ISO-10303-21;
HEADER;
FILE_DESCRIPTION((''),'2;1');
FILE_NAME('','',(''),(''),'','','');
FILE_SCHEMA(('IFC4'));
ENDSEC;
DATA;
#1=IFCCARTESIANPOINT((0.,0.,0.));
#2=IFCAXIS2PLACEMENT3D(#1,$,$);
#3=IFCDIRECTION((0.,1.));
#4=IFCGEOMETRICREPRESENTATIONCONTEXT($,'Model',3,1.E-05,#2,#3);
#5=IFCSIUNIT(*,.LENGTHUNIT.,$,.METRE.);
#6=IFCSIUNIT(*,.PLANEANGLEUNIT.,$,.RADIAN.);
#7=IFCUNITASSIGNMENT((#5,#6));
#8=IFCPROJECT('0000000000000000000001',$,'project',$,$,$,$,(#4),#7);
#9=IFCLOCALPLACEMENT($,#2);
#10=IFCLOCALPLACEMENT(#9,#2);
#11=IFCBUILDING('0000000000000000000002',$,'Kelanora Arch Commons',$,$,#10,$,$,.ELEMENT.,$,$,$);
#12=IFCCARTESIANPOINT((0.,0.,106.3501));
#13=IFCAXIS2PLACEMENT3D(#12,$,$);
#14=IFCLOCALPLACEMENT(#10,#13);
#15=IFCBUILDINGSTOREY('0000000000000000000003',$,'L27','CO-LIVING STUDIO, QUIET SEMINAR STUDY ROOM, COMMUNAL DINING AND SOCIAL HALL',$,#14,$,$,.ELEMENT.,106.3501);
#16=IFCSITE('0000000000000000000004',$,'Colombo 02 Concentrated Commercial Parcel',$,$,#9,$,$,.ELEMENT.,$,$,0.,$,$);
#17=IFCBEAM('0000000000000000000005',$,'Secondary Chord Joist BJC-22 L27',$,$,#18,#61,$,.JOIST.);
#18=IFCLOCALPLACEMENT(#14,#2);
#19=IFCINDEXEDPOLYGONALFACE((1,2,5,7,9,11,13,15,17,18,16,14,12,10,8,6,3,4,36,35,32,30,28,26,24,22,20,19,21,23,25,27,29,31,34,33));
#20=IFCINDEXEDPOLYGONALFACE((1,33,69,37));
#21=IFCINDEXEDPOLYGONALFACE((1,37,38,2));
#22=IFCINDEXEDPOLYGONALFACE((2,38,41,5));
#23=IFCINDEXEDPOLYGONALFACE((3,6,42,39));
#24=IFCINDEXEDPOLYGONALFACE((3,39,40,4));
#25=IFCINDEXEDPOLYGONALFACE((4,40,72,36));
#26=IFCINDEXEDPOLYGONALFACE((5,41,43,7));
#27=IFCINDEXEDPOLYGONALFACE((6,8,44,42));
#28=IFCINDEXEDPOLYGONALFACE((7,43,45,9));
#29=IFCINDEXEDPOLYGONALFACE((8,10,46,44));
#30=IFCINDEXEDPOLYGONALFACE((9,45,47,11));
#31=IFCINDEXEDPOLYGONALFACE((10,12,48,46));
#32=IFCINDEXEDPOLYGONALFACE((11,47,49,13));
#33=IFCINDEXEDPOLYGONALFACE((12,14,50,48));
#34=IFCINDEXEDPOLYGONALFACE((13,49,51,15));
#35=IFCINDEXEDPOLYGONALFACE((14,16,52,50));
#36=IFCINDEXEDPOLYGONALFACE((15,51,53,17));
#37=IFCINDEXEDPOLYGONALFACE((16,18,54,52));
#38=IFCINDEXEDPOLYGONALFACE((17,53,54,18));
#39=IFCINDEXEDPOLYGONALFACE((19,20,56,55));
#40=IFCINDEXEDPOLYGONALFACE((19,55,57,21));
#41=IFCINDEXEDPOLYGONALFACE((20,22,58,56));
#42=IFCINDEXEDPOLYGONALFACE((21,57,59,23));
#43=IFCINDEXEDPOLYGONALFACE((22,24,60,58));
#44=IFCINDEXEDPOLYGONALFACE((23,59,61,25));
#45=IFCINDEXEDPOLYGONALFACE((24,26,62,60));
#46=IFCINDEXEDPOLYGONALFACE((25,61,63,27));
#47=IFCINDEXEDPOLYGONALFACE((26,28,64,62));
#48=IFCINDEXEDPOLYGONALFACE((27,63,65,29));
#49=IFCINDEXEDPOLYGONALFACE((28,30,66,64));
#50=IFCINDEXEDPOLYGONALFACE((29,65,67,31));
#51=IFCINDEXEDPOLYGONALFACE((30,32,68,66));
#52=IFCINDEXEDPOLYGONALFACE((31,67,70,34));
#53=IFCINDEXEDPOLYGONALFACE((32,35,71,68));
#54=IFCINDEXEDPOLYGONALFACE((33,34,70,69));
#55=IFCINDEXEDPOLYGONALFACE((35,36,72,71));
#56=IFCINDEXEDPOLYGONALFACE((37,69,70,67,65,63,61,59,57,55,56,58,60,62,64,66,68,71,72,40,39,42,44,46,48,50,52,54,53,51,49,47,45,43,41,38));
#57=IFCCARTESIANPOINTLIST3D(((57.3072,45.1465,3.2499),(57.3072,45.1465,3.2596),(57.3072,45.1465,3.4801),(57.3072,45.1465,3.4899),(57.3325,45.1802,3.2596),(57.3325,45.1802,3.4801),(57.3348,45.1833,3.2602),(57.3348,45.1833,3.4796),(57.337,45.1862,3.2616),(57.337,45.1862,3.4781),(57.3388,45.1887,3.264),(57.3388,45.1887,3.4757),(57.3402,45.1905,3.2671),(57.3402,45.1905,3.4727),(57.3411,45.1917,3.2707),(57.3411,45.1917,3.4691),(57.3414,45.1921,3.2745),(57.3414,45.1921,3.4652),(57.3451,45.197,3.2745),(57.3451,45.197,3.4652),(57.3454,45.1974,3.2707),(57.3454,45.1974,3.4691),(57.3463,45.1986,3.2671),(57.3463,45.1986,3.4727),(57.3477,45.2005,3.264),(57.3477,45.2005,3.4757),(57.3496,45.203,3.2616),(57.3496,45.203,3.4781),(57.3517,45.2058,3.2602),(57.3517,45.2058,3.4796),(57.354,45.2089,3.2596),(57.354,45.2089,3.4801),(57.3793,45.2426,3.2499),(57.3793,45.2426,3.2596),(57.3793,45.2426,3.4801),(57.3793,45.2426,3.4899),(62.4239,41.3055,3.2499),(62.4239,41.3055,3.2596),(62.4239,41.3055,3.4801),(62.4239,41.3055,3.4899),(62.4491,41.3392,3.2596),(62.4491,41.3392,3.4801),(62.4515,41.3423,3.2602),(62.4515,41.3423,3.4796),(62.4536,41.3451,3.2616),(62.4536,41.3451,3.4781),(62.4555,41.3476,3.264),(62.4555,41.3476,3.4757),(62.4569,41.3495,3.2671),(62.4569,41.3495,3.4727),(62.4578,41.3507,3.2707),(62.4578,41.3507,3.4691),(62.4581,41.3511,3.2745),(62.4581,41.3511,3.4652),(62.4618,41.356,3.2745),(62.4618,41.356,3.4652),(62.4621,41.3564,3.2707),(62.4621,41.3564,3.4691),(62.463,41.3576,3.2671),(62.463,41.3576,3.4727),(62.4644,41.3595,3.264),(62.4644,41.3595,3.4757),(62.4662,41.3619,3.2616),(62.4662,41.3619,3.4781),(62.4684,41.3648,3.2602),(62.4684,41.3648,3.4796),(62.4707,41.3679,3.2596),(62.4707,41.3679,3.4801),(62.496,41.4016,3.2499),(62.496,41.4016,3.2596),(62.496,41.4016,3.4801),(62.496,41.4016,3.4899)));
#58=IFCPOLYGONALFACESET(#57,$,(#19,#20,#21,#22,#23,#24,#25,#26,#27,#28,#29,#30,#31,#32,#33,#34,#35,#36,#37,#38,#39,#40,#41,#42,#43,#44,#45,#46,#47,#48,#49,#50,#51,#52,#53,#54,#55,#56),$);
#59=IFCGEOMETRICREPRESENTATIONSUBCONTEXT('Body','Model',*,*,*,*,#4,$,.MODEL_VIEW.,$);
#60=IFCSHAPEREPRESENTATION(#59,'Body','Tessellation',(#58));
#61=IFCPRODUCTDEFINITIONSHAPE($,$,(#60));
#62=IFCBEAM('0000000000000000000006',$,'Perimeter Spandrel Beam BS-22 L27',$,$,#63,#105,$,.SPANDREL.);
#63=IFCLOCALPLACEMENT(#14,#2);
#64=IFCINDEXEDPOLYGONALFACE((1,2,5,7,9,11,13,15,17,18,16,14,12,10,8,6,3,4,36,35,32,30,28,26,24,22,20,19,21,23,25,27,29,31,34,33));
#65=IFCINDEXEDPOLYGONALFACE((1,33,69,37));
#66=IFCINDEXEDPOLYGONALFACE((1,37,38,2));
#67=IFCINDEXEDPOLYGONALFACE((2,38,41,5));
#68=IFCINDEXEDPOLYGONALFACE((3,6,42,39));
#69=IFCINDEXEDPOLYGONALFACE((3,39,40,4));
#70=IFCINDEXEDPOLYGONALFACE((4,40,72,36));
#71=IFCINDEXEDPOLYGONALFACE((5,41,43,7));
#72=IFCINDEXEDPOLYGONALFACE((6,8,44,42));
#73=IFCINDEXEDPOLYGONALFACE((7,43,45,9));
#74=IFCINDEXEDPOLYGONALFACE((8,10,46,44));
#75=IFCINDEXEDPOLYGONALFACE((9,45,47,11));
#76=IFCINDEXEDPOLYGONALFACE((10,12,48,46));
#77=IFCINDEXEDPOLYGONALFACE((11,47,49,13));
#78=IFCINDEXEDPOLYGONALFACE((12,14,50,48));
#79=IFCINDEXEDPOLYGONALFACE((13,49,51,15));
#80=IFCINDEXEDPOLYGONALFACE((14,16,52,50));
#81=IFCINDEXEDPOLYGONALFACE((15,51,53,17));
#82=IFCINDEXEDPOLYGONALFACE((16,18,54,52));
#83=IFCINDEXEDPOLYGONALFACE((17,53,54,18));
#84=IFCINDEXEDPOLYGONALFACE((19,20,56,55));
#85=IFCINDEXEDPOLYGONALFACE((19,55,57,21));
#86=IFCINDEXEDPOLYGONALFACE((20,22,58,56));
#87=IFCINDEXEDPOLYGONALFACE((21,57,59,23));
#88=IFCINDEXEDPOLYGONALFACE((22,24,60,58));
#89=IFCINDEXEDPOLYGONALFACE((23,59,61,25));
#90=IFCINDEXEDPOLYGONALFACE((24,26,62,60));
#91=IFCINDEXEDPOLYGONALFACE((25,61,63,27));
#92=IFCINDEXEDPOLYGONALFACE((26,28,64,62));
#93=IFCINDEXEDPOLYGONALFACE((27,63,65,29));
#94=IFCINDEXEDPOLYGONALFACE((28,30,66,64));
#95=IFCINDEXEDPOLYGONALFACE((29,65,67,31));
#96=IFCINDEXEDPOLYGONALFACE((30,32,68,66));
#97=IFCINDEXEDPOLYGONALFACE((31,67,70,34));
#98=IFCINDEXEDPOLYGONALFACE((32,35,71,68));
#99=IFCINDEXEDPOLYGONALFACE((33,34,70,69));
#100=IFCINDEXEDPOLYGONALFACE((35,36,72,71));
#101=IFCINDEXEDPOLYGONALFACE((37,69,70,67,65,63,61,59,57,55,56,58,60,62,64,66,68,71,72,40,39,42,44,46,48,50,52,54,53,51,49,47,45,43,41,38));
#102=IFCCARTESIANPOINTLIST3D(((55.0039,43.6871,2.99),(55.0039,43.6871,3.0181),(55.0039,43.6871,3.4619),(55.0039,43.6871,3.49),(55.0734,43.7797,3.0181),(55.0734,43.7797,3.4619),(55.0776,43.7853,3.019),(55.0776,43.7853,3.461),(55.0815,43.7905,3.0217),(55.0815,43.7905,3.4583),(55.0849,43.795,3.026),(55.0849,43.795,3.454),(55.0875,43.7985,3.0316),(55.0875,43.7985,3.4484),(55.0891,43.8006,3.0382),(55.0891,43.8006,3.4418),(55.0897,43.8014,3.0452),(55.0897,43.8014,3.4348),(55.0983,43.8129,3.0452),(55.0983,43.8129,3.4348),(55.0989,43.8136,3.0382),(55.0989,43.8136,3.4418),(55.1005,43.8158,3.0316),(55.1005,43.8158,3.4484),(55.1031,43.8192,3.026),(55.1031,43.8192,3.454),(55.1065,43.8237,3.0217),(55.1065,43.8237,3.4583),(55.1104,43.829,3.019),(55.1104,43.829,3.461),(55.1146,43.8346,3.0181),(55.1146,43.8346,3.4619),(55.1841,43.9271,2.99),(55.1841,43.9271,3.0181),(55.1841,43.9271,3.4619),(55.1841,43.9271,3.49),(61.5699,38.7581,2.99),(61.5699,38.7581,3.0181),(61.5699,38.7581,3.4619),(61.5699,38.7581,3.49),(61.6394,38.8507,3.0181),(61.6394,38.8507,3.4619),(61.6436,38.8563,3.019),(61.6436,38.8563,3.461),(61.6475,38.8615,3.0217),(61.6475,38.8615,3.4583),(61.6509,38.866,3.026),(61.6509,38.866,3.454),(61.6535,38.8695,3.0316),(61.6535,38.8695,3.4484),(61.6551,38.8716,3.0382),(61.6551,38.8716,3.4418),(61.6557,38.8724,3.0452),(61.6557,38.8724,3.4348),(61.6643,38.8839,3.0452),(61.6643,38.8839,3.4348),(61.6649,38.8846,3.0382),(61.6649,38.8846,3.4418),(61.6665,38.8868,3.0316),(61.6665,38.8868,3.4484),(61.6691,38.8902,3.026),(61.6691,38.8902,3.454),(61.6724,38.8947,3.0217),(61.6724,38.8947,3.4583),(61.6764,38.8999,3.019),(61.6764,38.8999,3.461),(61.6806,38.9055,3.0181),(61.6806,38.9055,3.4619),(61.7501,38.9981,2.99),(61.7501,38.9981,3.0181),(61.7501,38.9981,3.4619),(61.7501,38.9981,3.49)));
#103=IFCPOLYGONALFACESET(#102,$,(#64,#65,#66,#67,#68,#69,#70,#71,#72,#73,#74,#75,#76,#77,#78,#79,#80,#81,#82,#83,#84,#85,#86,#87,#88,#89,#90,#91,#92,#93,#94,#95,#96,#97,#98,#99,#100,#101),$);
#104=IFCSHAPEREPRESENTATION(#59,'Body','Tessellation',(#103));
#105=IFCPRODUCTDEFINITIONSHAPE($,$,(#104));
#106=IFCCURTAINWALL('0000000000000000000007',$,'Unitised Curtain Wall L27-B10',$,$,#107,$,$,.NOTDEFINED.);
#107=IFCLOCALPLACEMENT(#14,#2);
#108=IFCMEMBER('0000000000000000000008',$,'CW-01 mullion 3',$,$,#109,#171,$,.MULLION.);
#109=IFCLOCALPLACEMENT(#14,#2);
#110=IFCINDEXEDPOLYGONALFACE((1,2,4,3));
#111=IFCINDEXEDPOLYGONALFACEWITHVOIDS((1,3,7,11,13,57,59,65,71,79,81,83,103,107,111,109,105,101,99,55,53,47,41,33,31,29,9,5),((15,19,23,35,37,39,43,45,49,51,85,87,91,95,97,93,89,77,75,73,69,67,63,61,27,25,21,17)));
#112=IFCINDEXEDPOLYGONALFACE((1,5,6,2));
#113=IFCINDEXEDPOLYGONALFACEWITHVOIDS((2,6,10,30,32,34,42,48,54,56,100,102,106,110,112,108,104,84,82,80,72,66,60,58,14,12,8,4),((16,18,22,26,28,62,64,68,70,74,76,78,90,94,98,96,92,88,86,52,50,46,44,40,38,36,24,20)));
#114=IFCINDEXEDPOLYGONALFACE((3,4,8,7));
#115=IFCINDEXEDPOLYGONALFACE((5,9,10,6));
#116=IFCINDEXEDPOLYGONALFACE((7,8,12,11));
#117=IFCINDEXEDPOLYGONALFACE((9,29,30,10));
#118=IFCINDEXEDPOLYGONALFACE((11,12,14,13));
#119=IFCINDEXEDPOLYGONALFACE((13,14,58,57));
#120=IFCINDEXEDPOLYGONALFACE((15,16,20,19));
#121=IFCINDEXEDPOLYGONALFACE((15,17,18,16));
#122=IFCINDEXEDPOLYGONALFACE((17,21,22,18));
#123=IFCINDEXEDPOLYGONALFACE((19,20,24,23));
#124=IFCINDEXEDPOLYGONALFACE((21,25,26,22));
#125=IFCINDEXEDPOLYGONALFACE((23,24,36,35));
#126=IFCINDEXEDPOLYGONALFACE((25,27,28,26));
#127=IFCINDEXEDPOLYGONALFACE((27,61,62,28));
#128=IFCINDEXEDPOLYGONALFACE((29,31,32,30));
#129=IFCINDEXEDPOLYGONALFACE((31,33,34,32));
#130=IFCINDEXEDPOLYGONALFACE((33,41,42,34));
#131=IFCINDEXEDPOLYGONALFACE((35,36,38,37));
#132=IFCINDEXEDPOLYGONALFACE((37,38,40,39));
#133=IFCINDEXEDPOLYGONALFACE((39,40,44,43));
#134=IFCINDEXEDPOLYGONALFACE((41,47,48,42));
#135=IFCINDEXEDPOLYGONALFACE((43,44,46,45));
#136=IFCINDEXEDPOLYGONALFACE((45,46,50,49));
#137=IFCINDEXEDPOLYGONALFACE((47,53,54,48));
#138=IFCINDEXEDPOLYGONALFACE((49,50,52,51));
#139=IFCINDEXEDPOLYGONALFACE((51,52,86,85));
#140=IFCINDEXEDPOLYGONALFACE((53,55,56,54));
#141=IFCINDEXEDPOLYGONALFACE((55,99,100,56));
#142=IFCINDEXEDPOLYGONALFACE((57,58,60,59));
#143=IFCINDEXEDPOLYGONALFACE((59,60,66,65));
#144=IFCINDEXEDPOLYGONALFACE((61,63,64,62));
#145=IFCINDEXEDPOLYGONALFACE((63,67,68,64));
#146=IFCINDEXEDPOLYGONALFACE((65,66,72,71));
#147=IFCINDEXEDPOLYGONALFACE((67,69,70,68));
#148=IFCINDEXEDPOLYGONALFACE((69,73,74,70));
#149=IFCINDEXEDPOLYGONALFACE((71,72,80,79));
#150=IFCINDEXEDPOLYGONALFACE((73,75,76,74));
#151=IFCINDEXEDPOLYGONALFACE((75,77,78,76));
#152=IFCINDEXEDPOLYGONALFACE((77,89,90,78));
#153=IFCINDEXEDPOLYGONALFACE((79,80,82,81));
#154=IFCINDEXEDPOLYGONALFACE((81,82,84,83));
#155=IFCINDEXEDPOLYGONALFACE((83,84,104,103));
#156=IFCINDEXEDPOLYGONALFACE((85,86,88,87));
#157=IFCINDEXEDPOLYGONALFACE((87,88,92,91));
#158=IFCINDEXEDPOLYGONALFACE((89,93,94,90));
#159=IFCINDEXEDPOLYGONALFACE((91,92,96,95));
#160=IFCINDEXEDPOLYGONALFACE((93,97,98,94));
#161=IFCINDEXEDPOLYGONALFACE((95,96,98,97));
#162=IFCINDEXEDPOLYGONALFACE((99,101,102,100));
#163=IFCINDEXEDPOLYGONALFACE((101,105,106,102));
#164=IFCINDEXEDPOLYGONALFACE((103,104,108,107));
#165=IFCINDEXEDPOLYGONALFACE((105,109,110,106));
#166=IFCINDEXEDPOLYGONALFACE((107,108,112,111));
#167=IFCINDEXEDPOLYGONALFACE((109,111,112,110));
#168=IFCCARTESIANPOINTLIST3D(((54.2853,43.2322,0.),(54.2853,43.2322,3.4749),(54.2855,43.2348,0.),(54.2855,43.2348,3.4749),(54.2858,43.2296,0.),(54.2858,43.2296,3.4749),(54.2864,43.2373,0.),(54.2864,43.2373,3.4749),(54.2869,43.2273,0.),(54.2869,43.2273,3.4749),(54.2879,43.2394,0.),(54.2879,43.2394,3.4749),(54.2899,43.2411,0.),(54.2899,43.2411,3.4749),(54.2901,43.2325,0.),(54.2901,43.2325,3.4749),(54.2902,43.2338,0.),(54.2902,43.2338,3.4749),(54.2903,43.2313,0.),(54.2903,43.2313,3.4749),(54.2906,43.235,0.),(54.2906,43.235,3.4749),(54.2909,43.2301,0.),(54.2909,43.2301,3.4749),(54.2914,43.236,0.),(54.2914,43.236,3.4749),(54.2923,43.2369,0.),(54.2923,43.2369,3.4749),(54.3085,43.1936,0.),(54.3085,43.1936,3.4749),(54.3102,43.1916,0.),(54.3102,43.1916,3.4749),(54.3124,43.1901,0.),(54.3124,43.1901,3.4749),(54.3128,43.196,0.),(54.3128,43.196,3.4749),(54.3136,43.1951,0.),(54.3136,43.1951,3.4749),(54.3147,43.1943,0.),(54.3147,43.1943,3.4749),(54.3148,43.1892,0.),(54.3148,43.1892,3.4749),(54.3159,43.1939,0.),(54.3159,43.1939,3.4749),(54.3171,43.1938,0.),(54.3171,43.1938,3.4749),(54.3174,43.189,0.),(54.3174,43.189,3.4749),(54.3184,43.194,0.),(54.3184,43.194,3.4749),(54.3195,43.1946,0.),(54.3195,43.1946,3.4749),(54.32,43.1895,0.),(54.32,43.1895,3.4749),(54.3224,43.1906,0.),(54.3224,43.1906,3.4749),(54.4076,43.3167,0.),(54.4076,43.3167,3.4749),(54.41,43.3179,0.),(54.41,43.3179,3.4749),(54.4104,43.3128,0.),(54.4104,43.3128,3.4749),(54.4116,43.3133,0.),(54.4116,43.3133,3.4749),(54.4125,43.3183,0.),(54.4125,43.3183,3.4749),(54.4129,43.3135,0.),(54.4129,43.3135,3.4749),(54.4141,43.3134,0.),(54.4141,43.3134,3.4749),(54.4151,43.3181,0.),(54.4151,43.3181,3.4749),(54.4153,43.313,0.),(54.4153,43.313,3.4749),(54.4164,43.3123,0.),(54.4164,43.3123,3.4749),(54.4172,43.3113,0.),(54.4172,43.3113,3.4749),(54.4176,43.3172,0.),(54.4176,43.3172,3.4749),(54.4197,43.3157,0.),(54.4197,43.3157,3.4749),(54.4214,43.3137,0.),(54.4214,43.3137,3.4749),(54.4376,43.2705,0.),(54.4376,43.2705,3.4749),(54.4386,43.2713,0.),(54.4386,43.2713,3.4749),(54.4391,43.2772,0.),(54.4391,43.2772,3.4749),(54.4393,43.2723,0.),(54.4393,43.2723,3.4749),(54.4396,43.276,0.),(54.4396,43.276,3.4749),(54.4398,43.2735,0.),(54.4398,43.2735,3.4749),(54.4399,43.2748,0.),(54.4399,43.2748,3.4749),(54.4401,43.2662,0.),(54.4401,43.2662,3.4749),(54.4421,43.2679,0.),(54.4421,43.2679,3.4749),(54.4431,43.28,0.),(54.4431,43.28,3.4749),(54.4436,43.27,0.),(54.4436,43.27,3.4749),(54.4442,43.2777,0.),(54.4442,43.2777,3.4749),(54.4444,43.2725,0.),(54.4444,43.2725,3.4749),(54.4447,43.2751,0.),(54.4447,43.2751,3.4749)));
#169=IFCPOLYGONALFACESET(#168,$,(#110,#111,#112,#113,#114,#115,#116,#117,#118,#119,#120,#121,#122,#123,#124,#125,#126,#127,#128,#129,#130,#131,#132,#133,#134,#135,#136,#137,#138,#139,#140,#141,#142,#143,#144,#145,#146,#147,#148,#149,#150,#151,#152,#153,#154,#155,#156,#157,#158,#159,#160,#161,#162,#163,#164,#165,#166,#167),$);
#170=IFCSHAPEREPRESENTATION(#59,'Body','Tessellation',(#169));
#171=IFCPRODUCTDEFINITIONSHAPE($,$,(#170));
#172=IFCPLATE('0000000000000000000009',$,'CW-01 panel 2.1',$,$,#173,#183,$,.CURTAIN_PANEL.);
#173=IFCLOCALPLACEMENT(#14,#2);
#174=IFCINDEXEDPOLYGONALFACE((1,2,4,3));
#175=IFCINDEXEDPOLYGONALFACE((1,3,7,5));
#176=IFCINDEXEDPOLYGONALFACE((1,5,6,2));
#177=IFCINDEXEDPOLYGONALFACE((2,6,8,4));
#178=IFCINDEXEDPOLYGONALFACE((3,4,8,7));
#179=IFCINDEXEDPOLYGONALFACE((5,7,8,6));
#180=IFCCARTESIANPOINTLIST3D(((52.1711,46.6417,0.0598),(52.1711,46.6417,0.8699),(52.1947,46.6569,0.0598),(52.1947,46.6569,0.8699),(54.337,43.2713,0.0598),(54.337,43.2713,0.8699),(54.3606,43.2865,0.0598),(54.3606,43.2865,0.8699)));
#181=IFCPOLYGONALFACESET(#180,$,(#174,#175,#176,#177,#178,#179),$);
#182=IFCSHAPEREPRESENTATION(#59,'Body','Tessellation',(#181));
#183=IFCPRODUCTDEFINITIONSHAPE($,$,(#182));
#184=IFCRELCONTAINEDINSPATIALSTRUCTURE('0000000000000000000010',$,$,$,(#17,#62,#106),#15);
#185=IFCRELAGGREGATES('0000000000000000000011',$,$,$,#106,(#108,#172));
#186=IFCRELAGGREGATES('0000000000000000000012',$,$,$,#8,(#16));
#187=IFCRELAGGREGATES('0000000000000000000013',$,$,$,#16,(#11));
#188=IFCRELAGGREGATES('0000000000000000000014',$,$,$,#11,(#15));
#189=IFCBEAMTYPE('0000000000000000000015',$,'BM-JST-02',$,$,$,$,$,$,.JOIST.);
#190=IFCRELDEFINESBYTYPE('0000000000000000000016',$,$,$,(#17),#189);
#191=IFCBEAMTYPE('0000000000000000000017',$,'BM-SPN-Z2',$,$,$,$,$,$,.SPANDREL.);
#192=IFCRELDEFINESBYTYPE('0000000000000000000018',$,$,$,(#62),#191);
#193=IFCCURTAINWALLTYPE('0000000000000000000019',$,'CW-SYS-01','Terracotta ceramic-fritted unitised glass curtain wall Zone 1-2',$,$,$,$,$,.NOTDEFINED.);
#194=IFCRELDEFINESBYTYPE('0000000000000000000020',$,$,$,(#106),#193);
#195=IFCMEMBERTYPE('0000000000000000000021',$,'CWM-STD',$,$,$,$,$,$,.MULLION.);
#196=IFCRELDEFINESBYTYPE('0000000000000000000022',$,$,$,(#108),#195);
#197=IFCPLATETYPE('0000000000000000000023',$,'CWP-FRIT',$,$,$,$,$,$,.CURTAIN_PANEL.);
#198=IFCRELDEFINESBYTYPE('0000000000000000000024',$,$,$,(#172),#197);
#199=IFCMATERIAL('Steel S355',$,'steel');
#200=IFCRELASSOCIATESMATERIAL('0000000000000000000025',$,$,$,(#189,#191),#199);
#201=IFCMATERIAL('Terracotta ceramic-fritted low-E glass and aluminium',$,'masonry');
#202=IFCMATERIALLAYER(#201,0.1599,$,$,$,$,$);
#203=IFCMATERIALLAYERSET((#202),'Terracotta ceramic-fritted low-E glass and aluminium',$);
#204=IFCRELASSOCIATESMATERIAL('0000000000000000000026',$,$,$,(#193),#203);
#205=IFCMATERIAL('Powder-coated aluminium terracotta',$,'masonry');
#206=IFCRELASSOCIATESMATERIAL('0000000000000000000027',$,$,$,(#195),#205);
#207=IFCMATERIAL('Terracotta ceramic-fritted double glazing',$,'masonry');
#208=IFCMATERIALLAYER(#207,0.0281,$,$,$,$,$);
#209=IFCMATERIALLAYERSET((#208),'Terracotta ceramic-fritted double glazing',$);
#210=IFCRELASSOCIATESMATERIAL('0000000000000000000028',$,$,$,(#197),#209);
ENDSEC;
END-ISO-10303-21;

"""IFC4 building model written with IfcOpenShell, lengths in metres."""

from ifc_helpers import new_model, si_unit, direction, frame, origin, origin_2d, place, context, subcontext, project, spatial, rectangle, hollow_rectangle, i_section, extrude, source, transform, mapped, material, layer, layer_set, material_profile, profile_set, type_object, element, aggregate, save


model = new_model("IFC4")

# Units and contexts
model_context = context("Model", 3, precision=1e-05, world=origin(), true_north=direction((0.0, 1.0)))
body_context = subcontext(model_context, "Body", "Model", "MODEL_VIEW")
ifc_project = project(units=[si_unit("LENGTHUNIT", "METRE"), si_unit("PLANEANGLEUNIT", "RADIAN")], contexts=[model_context])

# Site, building, storey
site_placement = place(None, origin())
site = spatial("IfcSite", under=ifc_project, at=site_placement, Name="Colombo 02 Concentrated Commercial Parcel", CompositionType="ELEMENT", RefElevation=0.0)
building_placement = place(site_placement, origin())
building = spatial("IfcBuilding", under=site, at=building_placement, Name="Kelanora Arch Commons", CompositionType="ELEMENT")
storey_placement = place(building_placement, frame((0.0, 0.0, 106.3501)))
storey = spatial("IfcBuildingStorey", under=building, at=storey_placement, Name="L27", Description="CO-LIVING STUDIO, QUIET SEMINAR STUDY ROOM, COMMUNAL DINING AND SOCIAL HALL", CompositionType="ELEMENT", Elevation=106.3501)

# Beams
ifc_material_1 = material(Name="Steel S355", Category="steel")
ifc_material_profile_1 = material_profile(ifc_material_1, i_section(OverallWidth=0.1201, OverallDepth=0.24, WebThickness=0.0061, FlangeThickness=0.0098, FilletRadius=0.0149, at=origin_2d()), Name="IPE240")
ifc_profile_set_1 = profile_set([ifc_material_profile_1], Name="Steel S355")
beam_type_1 = type_object("IfcBeamType", Name="BM-JST-02", PredefinedType="JOIST", material=ifc_profile_set_1)
beam_1_placement = place(storey_placement, frame((57.3433, 45.1946, 3.3699), z_axis=(0.799734, -0.600354, 0.0), x_axis=(0.600354, 0.799734, 0.0)))
element("IfcBeam", 1, at=beam_1_placement, inside=storey, type_object=beam_type_1, Name="Secondary Chord Joist BJC-22 L27", PredefinedType="JOIST", context=body_context, shape_type="SweptSolid", body=[
    extrude(i_section(OverallWidth=0.1201, OverallDepth=0.24, WebThickness=0.0061, FlangeThickness=0.0098, FilletRadius=0.0149, at=origin_2d()), origin(), (0.0, 0.0, 1.0), 6.3979),
])
ifc_material_profile_2 = material_profile(ifc_material_1, i_section(OverallWidth=0.3, OverallDepth=0.5, WebThickness=0.0144, FlangeThickness=0.0281, FilletRadius=0.0271, at=origin_2d()), Name="HEB500")
ifc_profile_set_2 = profile_set([ifc_material_profile_2], Name="Steel S355")
beam_type_2 = type_object("IfcBeamType", Name="BM-SPN-Z2", PredefinedType="SPANDREL", material=ifc_profile_set_2)
beam_2_placement = place(storey_placement, frame((55.094, 43.8071, 3.24), z_axis=(0.799736, -0.600352, 0.0), x_axis=(0.600352, 0.799736, 0.0)))
element("IfcBeam", 2, at=beam_2_placement, inside=storey, type_object=beam_type_2, Name="Perimeter Spandrel Beam BS-22 L27", PredefinedType="SPANDREL", context=body_context, shape_type="SweptSolid", body=[
    extrude(i_section(OverallWidth=0.3, OverallDepth=0.5, WebThickness=0.0144, FlangeThickness=0.0281, FilletRadius=0.0271, at=origin_2d()), origin(), (0.0, 0.0, 1.0), 8.2102),
])

# Curtain wall, member, plate
ifc_material_2 = material(Name="Terracotta ceramic-fritted low-E glass and aluminium", Category="masonry")
ifc_layer_1 = layer(ifc_material_2, 0.1599)
ifc_layer_set_1 = layer_set([ifc_layer_1], Name="Terracotta ceramic-fritted low-E glass and aluminium")
curtain_wall_type = type_object("IfcCurtainWallType", Name="CW-SYS-01", Description="Terracotta ceramic-fritted unitised glass curtain wall Zone 1-2", PredefinedType="NOTDEFINED", material=ifc_layer_set_1)
curtain_wall_placement = place(storey_placement, origin())
curtain_wall = element("IfcCurtainWall", 3, at=curtain_wall_placement, inside=storey, type_object=curtain_wall_type, Name="Unitised Curtain Wall L27-B10", PredefinedType="NOTDEFINED")
ifc_material_3 = material(Name="Powder-coated aluminium terracotta", Category="masonry")
ifc_material_profile_3 = material_profile(ifc_material_3, hollow_rectangle(XDim=0.1599, YDim=0.0601, WallThickness=0.0049, InnerFilletRadius=0.0049, OuterFilletRadius=0.01, at=origin_2d()), Name="CWM160x60")
ifc_profile_set_3 = profile_set([ifc_material_profile_3], Name="Powder-coated aluminium terracotta")
member_type = type_object("IfcMemberType", Name="CWM-STD", PredefinedType="MULLION", material=ifc_profile_set_3)
member_placement = place(storey_placement, frame((54.365, 43.2537, 0.0), z_axis=(0.0, 0.0, 1.0), x_axis=(0.841269, 0.540617, 0.0)))
member = element("IfcMember", 4, at=member_placement, type_object=member_type, Name="CW-01 mullion 3", PredefinedType="MULLION", context=body_context, shape_type="SweptSolid", body=[
    extrude(hollow_rectangle(XDim=0.1599, YDim=0.0601, WallThickness=0.0049, InnerFilletRadius=0.0049, OuterFilletRadius=0.01, at=origin_2d()), origin(), (0.0, 0.0, 1.0), 3.4749),
])
ifc_material_4 = material(Name="Terracotta ceramic-fritted double glazing", Category="masonry")
ifc_layer_2 = layer(ifc_material_4, 0.0281)
ifc_layer_set_2 = layer_set([ifc_layer_2], Name="Terracotta ceramic-fritted double glazing")
plate_type = type_object("IfcPlateType", Name="CWP-FRIT", PredefinedType="CURTAIN_PANEL", material=ifc_layer_set_2)
shared_shape_1 = source(origin(), body_context, "Body", "SweptSolid", [
    extrude(rectangle(XDim=4.0063, YDim=0.0281, at=origin_2d()), origin(), (0.0, 0.0, 1.0), 0.8101),
])
plate_1_placement = place(storey_placement, frame((53.2659, 44.9641, 0.0598), z_axis=(0.0, 0.0, 1.0), x_axis=(0.540617, -0.841269, 0.0)))
plate_1 = element("IfcPlate", 5, at=plate_1_placement, type_object=plate_type, Name="CW-01 panel 2.1", PredefinedType="CURTAIN_PANEL", context=body_context, shape_type="MappedRepresentation", body=[
    mapped(shared_shape_1, transform((0.0, 0.0, 0.0), scale=1.0)),
])
aggregate(curtain_wall, [member, plate_1])

save(model, "model.ifc")
